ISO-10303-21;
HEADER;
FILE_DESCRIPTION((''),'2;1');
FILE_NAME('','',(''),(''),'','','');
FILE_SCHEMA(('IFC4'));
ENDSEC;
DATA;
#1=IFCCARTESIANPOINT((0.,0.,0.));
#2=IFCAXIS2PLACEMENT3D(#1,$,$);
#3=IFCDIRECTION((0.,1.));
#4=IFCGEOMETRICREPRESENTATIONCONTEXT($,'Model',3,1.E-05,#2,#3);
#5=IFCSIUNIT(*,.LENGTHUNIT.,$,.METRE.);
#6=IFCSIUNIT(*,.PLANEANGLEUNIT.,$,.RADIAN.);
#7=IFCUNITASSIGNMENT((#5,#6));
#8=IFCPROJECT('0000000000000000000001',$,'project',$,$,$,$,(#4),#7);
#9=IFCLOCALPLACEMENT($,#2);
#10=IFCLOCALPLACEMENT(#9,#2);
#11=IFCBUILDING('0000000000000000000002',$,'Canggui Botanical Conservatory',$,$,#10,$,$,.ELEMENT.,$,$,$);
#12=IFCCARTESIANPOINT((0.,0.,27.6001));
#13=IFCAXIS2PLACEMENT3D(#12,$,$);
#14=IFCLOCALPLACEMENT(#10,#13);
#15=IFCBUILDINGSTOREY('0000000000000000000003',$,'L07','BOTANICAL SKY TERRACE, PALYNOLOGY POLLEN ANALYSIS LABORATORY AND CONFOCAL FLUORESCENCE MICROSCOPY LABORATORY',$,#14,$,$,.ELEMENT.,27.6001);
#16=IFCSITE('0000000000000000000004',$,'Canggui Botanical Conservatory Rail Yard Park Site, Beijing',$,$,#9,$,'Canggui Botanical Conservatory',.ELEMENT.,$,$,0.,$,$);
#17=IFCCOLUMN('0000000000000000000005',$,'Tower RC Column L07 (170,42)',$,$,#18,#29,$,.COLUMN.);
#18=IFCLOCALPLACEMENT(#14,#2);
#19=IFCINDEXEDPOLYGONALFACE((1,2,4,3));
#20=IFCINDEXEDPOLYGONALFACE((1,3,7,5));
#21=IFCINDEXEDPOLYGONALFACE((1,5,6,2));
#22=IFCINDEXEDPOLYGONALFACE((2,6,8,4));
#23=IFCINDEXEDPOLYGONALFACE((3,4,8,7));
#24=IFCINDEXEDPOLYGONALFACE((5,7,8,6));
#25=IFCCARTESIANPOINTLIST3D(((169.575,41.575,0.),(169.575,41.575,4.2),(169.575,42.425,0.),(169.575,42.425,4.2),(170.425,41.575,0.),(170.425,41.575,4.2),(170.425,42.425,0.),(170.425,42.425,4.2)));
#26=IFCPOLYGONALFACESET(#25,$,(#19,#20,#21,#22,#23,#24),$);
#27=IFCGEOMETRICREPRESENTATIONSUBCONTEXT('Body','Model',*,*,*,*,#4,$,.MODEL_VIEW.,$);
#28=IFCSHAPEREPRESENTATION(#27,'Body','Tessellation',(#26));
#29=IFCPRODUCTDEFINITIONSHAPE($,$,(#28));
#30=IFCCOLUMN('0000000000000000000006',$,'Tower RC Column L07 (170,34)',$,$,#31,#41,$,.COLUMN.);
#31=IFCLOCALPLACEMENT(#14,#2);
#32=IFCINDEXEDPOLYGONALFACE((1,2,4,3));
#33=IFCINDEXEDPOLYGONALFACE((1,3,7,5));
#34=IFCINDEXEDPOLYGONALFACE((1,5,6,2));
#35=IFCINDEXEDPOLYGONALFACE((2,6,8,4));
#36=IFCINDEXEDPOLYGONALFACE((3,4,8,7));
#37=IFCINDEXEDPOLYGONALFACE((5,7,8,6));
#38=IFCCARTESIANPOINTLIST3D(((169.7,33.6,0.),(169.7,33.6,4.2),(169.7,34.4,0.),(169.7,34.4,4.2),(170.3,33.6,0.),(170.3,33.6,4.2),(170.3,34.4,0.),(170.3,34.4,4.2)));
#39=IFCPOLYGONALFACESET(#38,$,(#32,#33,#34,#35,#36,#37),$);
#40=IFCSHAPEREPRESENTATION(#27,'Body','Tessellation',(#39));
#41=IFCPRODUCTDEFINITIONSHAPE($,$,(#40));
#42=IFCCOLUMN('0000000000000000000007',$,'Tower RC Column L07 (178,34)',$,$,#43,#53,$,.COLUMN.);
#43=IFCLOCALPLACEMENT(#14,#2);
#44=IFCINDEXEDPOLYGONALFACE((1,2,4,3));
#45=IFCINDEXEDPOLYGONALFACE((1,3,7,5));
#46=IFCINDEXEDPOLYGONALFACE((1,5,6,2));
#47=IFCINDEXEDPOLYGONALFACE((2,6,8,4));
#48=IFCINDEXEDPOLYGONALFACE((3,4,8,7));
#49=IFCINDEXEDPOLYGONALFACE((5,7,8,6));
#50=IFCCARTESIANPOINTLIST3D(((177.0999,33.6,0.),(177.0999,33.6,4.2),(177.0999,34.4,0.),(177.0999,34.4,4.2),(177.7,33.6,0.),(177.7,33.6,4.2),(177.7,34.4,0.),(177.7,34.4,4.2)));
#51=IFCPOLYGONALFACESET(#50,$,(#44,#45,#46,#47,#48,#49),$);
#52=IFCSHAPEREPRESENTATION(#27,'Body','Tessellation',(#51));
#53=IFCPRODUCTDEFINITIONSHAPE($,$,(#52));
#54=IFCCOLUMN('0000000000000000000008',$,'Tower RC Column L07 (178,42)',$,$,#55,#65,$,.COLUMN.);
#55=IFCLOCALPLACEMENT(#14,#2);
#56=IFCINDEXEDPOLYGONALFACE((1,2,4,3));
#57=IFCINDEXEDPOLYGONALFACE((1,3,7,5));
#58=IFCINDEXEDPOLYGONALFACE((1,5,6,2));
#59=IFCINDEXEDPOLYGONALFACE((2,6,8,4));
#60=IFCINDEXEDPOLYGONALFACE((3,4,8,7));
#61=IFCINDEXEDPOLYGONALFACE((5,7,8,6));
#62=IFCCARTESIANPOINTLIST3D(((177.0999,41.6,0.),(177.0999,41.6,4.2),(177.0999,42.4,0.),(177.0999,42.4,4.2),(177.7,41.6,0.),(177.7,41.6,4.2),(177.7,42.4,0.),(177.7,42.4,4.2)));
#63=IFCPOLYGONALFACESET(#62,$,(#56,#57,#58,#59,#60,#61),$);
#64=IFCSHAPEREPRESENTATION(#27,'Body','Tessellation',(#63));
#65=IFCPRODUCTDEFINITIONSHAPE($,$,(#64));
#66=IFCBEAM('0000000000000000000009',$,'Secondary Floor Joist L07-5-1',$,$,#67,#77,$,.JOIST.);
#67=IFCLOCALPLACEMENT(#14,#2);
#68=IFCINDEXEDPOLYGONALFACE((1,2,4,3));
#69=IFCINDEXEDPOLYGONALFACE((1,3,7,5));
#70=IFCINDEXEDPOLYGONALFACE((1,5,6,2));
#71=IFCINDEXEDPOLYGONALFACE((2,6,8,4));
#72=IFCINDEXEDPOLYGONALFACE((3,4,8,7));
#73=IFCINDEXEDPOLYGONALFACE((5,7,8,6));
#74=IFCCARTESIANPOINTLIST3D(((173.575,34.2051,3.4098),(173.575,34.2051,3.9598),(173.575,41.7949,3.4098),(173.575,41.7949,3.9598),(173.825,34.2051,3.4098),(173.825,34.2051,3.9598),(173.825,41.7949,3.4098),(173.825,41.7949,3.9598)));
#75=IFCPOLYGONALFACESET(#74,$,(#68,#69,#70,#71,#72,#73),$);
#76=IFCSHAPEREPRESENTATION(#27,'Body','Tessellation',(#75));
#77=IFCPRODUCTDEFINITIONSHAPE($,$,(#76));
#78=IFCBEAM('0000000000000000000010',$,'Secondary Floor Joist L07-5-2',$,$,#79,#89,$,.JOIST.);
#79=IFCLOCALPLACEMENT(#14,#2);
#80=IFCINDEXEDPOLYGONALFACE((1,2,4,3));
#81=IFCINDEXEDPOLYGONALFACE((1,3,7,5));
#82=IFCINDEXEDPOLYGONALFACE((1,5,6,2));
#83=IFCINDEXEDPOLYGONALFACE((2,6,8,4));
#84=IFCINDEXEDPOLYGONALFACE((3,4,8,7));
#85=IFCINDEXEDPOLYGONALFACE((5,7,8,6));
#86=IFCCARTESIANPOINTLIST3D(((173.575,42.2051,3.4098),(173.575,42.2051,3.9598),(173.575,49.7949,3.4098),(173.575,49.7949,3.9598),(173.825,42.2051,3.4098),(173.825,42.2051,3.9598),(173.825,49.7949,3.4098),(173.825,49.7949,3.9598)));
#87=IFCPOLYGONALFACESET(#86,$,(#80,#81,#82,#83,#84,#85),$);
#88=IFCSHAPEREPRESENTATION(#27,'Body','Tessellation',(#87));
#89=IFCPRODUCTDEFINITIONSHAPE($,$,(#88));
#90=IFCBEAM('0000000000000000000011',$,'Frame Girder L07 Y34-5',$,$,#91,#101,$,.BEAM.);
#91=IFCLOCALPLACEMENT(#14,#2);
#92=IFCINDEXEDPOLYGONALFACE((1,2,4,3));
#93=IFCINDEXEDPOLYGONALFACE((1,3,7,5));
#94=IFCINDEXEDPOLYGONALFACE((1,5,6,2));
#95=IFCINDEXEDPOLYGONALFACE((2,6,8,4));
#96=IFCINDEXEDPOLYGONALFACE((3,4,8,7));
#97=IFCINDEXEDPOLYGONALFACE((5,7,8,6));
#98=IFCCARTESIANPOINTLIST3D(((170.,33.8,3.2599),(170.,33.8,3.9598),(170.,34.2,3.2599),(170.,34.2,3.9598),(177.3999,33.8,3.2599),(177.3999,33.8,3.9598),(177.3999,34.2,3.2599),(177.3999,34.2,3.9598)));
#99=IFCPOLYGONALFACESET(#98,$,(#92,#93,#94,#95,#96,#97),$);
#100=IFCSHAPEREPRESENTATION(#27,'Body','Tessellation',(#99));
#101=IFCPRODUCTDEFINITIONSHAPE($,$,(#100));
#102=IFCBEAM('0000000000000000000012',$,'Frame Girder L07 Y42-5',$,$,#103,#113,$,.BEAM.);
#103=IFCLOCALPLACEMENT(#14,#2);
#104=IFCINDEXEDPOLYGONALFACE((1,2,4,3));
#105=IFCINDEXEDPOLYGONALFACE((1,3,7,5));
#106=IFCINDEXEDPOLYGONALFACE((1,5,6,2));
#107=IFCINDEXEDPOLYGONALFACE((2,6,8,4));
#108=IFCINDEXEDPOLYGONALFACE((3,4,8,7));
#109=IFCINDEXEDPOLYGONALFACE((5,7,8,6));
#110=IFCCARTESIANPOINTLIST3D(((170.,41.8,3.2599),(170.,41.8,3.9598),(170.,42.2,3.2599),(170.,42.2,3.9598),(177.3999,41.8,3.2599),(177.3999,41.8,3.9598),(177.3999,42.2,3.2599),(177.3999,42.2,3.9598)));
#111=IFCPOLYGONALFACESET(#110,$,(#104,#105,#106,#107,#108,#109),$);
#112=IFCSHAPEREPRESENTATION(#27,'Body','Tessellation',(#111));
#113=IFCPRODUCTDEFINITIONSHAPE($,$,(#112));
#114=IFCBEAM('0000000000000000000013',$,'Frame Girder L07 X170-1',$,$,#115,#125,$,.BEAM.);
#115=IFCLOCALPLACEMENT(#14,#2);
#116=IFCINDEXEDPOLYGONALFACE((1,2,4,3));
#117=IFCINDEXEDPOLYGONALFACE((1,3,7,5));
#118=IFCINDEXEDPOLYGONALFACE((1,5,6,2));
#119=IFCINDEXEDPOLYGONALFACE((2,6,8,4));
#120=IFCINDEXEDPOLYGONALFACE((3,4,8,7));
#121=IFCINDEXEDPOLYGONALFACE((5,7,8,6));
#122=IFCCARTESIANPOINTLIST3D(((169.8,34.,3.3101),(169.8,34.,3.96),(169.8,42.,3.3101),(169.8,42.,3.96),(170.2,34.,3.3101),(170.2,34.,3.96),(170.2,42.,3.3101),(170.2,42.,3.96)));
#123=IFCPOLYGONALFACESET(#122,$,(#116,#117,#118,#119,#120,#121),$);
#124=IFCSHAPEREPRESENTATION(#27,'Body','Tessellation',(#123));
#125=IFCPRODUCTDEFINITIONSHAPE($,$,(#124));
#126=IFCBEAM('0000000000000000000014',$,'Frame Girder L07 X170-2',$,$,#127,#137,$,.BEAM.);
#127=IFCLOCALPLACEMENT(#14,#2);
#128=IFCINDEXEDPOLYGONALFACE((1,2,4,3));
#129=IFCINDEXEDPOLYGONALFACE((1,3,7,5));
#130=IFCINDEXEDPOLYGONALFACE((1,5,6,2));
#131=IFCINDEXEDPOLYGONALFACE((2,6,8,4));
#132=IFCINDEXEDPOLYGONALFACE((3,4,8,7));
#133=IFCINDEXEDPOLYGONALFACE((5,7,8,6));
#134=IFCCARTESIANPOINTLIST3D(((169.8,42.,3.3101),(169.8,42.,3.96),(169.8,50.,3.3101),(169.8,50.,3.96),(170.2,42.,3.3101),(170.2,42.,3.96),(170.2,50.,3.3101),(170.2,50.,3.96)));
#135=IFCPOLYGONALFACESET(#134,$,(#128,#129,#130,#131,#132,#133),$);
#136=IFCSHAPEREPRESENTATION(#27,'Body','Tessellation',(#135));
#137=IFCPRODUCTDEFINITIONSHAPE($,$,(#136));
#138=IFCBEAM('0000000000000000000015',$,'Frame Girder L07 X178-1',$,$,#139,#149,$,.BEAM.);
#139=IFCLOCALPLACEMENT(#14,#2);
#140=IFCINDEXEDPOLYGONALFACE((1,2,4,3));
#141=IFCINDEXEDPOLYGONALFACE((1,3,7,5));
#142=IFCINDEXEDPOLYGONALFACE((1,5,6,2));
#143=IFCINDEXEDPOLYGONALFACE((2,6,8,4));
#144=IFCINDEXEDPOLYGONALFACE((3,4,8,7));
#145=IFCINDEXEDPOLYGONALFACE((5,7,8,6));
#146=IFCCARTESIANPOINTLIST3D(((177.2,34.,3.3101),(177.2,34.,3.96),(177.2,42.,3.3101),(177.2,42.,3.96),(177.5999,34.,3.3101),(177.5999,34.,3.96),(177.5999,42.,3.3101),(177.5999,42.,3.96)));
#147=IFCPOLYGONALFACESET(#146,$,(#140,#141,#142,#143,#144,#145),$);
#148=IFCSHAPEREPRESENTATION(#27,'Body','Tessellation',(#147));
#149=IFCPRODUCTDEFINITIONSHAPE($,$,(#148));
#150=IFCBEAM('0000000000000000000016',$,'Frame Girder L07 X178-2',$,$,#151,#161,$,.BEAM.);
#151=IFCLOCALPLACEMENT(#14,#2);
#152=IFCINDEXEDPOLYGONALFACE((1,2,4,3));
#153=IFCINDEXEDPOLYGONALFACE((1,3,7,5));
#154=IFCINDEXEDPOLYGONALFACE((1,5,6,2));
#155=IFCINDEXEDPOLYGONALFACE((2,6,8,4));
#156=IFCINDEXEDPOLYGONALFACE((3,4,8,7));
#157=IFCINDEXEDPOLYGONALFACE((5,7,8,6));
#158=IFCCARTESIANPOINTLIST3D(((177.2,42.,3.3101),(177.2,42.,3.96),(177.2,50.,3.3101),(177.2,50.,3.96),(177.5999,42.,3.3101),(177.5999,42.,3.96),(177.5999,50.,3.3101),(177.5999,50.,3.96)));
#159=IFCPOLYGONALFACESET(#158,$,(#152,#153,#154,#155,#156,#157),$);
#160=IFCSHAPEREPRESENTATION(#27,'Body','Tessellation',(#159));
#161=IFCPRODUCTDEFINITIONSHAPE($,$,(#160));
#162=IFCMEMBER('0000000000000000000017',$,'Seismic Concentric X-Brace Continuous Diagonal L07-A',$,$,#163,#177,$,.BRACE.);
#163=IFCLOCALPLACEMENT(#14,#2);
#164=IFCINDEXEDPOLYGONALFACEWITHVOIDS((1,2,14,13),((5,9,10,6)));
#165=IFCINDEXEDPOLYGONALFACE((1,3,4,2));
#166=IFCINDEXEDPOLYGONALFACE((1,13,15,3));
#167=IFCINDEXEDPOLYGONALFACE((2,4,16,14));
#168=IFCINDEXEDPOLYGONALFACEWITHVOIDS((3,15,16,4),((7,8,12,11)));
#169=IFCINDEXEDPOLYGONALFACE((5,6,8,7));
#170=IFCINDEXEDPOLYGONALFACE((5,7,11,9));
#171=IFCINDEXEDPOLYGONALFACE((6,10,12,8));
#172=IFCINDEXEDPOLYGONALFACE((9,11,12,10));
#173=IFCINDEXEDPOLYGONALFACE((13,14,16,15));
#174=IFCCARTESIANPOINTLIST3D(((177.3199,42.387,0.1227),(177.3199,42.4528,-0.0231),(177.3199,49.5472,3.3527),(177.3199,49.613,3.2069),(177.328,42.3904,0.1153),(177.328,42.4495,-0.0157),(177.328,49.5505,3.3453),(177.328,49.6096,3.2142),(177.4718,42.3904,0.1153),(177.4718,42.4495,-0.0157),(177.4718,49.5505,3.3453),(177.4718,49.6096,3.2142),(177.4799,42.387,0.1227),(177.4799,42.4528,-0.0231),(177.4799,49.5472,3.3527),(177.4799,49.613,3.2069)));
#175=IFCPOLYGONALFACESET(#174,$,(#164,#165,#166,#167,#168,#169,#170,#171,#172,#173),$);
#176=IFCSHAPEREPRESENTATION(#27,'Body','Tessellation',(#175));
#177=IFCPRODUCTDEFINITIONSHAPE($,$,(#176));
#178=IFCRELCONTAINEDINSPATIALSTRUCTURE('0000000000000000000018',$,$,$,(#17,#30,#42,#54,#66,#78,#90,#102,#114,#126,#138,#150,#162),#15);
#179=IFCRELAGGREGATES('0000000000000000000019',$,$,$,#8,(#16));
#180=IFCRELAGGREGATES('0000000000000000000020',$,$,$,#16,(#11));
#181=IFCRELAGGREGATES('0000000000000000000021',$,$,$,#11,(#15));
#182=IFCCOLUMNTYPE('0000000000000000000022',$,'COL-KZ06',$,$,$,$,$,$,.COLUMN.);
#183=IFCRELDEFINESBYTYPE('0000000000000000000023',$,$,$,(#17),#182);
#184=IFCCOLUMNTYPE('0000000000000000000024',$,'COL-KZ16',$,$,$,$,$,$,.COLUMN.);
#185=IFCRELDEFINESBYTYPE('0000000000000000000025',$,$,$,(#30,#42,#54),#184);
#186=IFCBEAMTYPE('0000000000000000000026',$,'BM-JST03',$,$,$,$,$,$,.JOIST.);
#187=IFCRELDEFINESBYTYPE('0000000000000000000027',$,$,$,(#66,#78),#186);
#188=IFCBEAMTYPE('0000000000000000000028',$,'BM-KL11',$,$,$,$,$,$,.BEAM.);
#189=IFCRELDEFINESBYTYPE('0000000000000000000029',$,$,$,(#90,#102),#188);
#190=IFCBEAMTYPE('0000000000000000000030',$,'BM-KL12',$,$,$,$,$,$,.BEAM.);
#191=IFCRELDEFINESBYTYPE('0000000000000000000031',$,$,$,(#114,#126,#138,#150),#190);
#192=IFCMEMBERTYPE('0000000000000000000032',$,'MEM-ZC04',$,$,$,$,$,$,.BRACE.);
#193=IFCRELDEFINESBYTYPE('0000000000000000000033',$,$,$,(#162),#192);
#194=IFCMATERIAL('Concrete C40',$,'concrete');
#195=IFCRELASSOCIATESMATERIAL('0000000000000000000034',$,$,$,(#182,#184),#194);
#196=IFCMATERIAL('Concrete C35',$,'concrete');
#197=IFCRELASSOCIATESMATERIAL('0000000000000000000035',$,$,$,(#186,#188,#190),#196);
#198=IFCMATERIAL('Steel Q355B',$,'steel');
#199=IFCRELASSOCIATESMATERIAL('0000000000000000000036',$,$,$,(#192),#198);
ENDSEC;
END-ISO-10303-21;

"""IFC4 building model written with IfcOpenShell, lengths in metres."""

from ifc_helpers import new_model, si_unit, direction, frame, origin, origin_2d, place, context, subcontext, project, spatial, rectangle, hollow_rectangle, extrude, material, material_profile, profile_set, type_object, element, save


model = new_model("IFC4")

# Units and contexts
model_context = context("Model", 3, precision=1e-05, world=origin(), true_north=direction((0.0, 1.0)))
body_context = subcontext(model_context, "Body", "Model", "MODEL_VIEW")
ifc_project = project(units=[si_unit("LENGTHUNIT", "METRE"), si_unit("PLANEANGLEUNIT", "RADIAN")], contexts=[model_context])

# Site, building, storey
site_placement = place(None, origin())
site = spatial("IfcSite", under=ifc_project, at=site_placement, Name="Canggui Botanical Conservatory Rail Yard Park Site, Beijing", LongName="Canggui Botanical Conservatory", CompositionType="ELEMENT", RefElevation=0.0)
building_placement = place(site_placement, origin())
building = spatial("IfcBuilding", under=site, at=building_placement, Name="Canggui Botanical Conservatory", CompositionType="ELEMENT")
storey_placement = place(building_placement, frame((0.0, 0.0, 27.6001)))
storey = spatial("IfcBuildingStorey", under=building, at=storey_placement, Name="L07", Description="BOTANICAL SKY TERRACE, PALYNOLOGY POLLEN ANALYSIS LABORATORY AND CONFOCAL FLUORESCENCE MICROSCOPY LABORATORY", CompositionType="ELEMENT", Elevation=27.6001)

# Columns
ifc_material_1 = material(Name="Concrete C40", Category="concrete")
ifc_material_profile_1 = material_profile(ifc_material_1, rectangle(XDim=0.8501, YDim=0.8501, at=origin_2d()), Name="RC 850x850")
ifc_profile_set_1 = profile_set([ifc_material_profile_1], Name="Concrete C40")
column_type_1 = type_object("IfcColumnType", Name="COL-KZ06", PredefinedType="COLUMN", material=ifc_profile_set_1)
column_placement = place(storey_placement, frame((170.0, 42.0, 0.0), z_axis=(0.0, 0.0, 1.0), x_axis=(1.0, 0.0, 0.0)))
element("IfcColumn", 1, at=column_placement, inside=storey, type_object=column_type_1, Name="Tower RC Column L07 (170,42)", PredefinedType="COLUMN", context=body_context, shape_type="SweptSolid", body=[
    extrude(rectangle(XDim=0.8501, YDim=0.8501, at=origin_2d()), origin(), (0.0, 0.0, 1.0), 4.2),
])
ifc_material_profile_2 = material_profile(ifc_material_1, rectangle(XDim=0.6001, YDim=0.8, at=origin_2d()), Name="RC 600x800")
ifc_profile_set_2 = profile_set([ifc_material_profile_2], Name="Concrete C40")
column_type_2 = type_object("IfcColumnType", Name="COL-KZ16", PredefinedType="COLUMN", material=ifc_profile_set_2)
for number, where, z_axis, x_axis, name in (
    (2, (170.0, 34.0, 0.0), (0.0, 0.0, 1.0), (1.0, 0.0, 0.0), "Tower RC Column L07 (170,34)"),
    (3, (177.3999, 34.0, 0.0), (0.0, 0.0, 1.0), (1.0, 0.0, 0.0), "Tower RC Column L07 (178,34)"),
    (4, (177.3999, 42.0, 0.0), (0.0, 0.0, 1.0), (1.0, 0.0, 0.0), "Tower RC Column L07 (178,42)"),
):
    element("IfcColumn", number, at=place(storey_placement, frame(where, z_axis=z_axis, x_axis=x_axis)), inside=storey, type_object=column_type_2, Name=name, PredefinedType="COLUMN", context=body_context, shape_type="SweptSolid", body=[
        extrude(rectangle(XDim=0.6001, YDim=0.8, at=origin_2d()), origin(), (0.0, 0.0, 1.0), 4.2),
    ])

# Beams
ifc_material_2 = material(Name="Concrete C35", Category="concrete")
ifc_material_profile_3 = material_profile(ifc_material_2, rectangle(XDim=0.25, YDim=0.55, at=origin_2d()), Name="RB 250x550")
ifc_profile_set_3 = profile_set([ifc_material_profile_3], Name="Concrete C35")
beam_type_1 = type_object("IfcBeamType", Name="BM-JST03", PredefinedType="JOIST", material=ifc_profile_set_3)
for number, where, z_axis, x_axis, name in (
    (5, (173.7, 34.2051, 3.6848), (0.0, 1.0, 0.0), (-1.0, 0.0, 0.0), "Secondary Floor Joist L07-5-1"),
    (6, (173.7, 42.2051, 3.6848), (0.0, 1.0, 0.0), (-1.0, 0.0, 0.0), "Secondary Floor Joist L07-5-2"),
):
    element("IfcBeam", number, at=place(storey_placement, frame(where, z_axis=z_axis, x_axis=x_axis)), inside=storey, type_object=beam_type_1, Name=name, PredefinedType="JOIST", context=body_context, shape_type="SweptSolid", body=[
        extrude(rectangle(XDim=0.25, YDim=0.55, at=origin_2d()), origin(), (0.0, 0.0, 1.0), 7.5898),
    ])
ifc_material_profile_4 = material_profile(ifc_material_2, rectangle(XDim=0.3999, YDim=0.7, at=origin_2d()), Name="RB 400x700")
ifc_profile_set_4 = profile_set([ifc_material_profile_4], Name="Concrete C35")
beam_type_2 = type_object("IfcBeamType", Name="BM-KL11", PredefinedType="BEAM", material=ifc_profile_set_4)
for number, where, z_axis, x_axis, name in (
    (7, (170.0, 34.0, 3.6099), (1.0, 0.0, 0.0), (0.0, 1.0, 0.0), "Frame Girder L07 Y34-5"),
    (8, (170.0, 42.0, 3.6099), (1.0, 0.0, 0.0), (0.0, 1.0, 0.0), "Frame Girder L07 Y42-5"),
):
    element("IfcBeam", number, at=place(storey_placement, frame(where, z_axis=z_axis, x_axis=x_axis)), inside=storey, type_object=beam_type_2, Name=name, PredefinedType="BEAM", context=body_context, shape_type="SweptSolid", body=[
        extrude(rectangle(XDim=0.3999, YDim=0.7, at=origin_2d()), origin(), (0.0, 0.0, 1.0), 7.3999),
    ])
ifc_material_profile_5 = material_profile(ifc_material_2, rectangle(XDim=0.3999, YDim=0.6499, at=origin_2d()), Name="RB 400x650")
ifc_profile_set_5 = profile_set([ifc_material_profile_5], Name="Concrete C35")
beam_type_3 = type_object("IfcBeamType", Name="BM-KL12", PredefinedType="BEAM", material=ifc_profile_set_5)
for number, where, z_axis, x_axis, name in (
    (9, (170.0, 34.0, 3.635), (0.0, 1.0, 0.0), (-1.0, 0.0, 0.0), "Frame Girder L07 X170-1"),
    (10, (170.0, 42.0, 3.635), (0.0, 1.0, 0.0), (-1.0, 0.0, 0.0), "Frame Girder L07 X170-2"),
    (11, (177.3999, 34.0, 3.635), (0.0, 1.0, 0.0), (-1.0, 0.0, 0.0), "Frame Girder L07 X178-1"),
    (12, (177.3999, 42.0, 3.635), (0.0, 1.0, 0.0), (-1.0, 0.0, 0.0), "Frame Girder L07 X178-2"),
):
    element("IfcBeam", number, at=place(storey_placement, frame(where, z_axis=z_axis, x_axis=x_axis)), inside=storey, type_object=beam_type_3, Name=name, PredefinedType="BEAM", context=body_context, shape_type="SweptSolid", body=[
        extrude(rectangle(XDim=0.3999, YDim=0.6499, at=origin_2d()), origin(), (0.0, 0.0, 1.0), 8.0),
    ])

# Member
ifc_material_3 = material(Name="Steel Q355B", Category="steel")
ifc_material_profile_6 = material_profile(ifc_material_3, hollow_rectangle(XDim=0.1599, YDim=0.1599, WallThickness=0.0081, at=origin_2d()), Name="SHS 160x160x8")
ifc_profile_set_6 = profile_set([ifc_material_profile_6], Name="Steel Q355B")
member_type = type_object("IfcMemberType", Name="MEM-ZC04", PredefinedType="BRACE", material=ifc_profile_set_6)
member_placement = place(storey_placement, frame((177.3999, 42.4199, 0.0498), z_axis=(0.0, 0.911544, 0.411202), x_axis=(-1.0, 0.0, 0.0)))
element("IfcMember", 13, at=member_placement, inside=storey, type_object=member_type, Name="Seismic Concentric X-Brace Continuous Diagonal L07-A", PredefinedType="BRACE", context=body_context, shape_type="SweptSolid", body=[
    extrude(hollow_rectangle(XDim=0.1599, YDim=0.1599, WallThickness=0.0081, at=origin_2d()), origin(), (0.0, 0.0, 1.0), 7.855),
])

save(model, "model.ifc")
